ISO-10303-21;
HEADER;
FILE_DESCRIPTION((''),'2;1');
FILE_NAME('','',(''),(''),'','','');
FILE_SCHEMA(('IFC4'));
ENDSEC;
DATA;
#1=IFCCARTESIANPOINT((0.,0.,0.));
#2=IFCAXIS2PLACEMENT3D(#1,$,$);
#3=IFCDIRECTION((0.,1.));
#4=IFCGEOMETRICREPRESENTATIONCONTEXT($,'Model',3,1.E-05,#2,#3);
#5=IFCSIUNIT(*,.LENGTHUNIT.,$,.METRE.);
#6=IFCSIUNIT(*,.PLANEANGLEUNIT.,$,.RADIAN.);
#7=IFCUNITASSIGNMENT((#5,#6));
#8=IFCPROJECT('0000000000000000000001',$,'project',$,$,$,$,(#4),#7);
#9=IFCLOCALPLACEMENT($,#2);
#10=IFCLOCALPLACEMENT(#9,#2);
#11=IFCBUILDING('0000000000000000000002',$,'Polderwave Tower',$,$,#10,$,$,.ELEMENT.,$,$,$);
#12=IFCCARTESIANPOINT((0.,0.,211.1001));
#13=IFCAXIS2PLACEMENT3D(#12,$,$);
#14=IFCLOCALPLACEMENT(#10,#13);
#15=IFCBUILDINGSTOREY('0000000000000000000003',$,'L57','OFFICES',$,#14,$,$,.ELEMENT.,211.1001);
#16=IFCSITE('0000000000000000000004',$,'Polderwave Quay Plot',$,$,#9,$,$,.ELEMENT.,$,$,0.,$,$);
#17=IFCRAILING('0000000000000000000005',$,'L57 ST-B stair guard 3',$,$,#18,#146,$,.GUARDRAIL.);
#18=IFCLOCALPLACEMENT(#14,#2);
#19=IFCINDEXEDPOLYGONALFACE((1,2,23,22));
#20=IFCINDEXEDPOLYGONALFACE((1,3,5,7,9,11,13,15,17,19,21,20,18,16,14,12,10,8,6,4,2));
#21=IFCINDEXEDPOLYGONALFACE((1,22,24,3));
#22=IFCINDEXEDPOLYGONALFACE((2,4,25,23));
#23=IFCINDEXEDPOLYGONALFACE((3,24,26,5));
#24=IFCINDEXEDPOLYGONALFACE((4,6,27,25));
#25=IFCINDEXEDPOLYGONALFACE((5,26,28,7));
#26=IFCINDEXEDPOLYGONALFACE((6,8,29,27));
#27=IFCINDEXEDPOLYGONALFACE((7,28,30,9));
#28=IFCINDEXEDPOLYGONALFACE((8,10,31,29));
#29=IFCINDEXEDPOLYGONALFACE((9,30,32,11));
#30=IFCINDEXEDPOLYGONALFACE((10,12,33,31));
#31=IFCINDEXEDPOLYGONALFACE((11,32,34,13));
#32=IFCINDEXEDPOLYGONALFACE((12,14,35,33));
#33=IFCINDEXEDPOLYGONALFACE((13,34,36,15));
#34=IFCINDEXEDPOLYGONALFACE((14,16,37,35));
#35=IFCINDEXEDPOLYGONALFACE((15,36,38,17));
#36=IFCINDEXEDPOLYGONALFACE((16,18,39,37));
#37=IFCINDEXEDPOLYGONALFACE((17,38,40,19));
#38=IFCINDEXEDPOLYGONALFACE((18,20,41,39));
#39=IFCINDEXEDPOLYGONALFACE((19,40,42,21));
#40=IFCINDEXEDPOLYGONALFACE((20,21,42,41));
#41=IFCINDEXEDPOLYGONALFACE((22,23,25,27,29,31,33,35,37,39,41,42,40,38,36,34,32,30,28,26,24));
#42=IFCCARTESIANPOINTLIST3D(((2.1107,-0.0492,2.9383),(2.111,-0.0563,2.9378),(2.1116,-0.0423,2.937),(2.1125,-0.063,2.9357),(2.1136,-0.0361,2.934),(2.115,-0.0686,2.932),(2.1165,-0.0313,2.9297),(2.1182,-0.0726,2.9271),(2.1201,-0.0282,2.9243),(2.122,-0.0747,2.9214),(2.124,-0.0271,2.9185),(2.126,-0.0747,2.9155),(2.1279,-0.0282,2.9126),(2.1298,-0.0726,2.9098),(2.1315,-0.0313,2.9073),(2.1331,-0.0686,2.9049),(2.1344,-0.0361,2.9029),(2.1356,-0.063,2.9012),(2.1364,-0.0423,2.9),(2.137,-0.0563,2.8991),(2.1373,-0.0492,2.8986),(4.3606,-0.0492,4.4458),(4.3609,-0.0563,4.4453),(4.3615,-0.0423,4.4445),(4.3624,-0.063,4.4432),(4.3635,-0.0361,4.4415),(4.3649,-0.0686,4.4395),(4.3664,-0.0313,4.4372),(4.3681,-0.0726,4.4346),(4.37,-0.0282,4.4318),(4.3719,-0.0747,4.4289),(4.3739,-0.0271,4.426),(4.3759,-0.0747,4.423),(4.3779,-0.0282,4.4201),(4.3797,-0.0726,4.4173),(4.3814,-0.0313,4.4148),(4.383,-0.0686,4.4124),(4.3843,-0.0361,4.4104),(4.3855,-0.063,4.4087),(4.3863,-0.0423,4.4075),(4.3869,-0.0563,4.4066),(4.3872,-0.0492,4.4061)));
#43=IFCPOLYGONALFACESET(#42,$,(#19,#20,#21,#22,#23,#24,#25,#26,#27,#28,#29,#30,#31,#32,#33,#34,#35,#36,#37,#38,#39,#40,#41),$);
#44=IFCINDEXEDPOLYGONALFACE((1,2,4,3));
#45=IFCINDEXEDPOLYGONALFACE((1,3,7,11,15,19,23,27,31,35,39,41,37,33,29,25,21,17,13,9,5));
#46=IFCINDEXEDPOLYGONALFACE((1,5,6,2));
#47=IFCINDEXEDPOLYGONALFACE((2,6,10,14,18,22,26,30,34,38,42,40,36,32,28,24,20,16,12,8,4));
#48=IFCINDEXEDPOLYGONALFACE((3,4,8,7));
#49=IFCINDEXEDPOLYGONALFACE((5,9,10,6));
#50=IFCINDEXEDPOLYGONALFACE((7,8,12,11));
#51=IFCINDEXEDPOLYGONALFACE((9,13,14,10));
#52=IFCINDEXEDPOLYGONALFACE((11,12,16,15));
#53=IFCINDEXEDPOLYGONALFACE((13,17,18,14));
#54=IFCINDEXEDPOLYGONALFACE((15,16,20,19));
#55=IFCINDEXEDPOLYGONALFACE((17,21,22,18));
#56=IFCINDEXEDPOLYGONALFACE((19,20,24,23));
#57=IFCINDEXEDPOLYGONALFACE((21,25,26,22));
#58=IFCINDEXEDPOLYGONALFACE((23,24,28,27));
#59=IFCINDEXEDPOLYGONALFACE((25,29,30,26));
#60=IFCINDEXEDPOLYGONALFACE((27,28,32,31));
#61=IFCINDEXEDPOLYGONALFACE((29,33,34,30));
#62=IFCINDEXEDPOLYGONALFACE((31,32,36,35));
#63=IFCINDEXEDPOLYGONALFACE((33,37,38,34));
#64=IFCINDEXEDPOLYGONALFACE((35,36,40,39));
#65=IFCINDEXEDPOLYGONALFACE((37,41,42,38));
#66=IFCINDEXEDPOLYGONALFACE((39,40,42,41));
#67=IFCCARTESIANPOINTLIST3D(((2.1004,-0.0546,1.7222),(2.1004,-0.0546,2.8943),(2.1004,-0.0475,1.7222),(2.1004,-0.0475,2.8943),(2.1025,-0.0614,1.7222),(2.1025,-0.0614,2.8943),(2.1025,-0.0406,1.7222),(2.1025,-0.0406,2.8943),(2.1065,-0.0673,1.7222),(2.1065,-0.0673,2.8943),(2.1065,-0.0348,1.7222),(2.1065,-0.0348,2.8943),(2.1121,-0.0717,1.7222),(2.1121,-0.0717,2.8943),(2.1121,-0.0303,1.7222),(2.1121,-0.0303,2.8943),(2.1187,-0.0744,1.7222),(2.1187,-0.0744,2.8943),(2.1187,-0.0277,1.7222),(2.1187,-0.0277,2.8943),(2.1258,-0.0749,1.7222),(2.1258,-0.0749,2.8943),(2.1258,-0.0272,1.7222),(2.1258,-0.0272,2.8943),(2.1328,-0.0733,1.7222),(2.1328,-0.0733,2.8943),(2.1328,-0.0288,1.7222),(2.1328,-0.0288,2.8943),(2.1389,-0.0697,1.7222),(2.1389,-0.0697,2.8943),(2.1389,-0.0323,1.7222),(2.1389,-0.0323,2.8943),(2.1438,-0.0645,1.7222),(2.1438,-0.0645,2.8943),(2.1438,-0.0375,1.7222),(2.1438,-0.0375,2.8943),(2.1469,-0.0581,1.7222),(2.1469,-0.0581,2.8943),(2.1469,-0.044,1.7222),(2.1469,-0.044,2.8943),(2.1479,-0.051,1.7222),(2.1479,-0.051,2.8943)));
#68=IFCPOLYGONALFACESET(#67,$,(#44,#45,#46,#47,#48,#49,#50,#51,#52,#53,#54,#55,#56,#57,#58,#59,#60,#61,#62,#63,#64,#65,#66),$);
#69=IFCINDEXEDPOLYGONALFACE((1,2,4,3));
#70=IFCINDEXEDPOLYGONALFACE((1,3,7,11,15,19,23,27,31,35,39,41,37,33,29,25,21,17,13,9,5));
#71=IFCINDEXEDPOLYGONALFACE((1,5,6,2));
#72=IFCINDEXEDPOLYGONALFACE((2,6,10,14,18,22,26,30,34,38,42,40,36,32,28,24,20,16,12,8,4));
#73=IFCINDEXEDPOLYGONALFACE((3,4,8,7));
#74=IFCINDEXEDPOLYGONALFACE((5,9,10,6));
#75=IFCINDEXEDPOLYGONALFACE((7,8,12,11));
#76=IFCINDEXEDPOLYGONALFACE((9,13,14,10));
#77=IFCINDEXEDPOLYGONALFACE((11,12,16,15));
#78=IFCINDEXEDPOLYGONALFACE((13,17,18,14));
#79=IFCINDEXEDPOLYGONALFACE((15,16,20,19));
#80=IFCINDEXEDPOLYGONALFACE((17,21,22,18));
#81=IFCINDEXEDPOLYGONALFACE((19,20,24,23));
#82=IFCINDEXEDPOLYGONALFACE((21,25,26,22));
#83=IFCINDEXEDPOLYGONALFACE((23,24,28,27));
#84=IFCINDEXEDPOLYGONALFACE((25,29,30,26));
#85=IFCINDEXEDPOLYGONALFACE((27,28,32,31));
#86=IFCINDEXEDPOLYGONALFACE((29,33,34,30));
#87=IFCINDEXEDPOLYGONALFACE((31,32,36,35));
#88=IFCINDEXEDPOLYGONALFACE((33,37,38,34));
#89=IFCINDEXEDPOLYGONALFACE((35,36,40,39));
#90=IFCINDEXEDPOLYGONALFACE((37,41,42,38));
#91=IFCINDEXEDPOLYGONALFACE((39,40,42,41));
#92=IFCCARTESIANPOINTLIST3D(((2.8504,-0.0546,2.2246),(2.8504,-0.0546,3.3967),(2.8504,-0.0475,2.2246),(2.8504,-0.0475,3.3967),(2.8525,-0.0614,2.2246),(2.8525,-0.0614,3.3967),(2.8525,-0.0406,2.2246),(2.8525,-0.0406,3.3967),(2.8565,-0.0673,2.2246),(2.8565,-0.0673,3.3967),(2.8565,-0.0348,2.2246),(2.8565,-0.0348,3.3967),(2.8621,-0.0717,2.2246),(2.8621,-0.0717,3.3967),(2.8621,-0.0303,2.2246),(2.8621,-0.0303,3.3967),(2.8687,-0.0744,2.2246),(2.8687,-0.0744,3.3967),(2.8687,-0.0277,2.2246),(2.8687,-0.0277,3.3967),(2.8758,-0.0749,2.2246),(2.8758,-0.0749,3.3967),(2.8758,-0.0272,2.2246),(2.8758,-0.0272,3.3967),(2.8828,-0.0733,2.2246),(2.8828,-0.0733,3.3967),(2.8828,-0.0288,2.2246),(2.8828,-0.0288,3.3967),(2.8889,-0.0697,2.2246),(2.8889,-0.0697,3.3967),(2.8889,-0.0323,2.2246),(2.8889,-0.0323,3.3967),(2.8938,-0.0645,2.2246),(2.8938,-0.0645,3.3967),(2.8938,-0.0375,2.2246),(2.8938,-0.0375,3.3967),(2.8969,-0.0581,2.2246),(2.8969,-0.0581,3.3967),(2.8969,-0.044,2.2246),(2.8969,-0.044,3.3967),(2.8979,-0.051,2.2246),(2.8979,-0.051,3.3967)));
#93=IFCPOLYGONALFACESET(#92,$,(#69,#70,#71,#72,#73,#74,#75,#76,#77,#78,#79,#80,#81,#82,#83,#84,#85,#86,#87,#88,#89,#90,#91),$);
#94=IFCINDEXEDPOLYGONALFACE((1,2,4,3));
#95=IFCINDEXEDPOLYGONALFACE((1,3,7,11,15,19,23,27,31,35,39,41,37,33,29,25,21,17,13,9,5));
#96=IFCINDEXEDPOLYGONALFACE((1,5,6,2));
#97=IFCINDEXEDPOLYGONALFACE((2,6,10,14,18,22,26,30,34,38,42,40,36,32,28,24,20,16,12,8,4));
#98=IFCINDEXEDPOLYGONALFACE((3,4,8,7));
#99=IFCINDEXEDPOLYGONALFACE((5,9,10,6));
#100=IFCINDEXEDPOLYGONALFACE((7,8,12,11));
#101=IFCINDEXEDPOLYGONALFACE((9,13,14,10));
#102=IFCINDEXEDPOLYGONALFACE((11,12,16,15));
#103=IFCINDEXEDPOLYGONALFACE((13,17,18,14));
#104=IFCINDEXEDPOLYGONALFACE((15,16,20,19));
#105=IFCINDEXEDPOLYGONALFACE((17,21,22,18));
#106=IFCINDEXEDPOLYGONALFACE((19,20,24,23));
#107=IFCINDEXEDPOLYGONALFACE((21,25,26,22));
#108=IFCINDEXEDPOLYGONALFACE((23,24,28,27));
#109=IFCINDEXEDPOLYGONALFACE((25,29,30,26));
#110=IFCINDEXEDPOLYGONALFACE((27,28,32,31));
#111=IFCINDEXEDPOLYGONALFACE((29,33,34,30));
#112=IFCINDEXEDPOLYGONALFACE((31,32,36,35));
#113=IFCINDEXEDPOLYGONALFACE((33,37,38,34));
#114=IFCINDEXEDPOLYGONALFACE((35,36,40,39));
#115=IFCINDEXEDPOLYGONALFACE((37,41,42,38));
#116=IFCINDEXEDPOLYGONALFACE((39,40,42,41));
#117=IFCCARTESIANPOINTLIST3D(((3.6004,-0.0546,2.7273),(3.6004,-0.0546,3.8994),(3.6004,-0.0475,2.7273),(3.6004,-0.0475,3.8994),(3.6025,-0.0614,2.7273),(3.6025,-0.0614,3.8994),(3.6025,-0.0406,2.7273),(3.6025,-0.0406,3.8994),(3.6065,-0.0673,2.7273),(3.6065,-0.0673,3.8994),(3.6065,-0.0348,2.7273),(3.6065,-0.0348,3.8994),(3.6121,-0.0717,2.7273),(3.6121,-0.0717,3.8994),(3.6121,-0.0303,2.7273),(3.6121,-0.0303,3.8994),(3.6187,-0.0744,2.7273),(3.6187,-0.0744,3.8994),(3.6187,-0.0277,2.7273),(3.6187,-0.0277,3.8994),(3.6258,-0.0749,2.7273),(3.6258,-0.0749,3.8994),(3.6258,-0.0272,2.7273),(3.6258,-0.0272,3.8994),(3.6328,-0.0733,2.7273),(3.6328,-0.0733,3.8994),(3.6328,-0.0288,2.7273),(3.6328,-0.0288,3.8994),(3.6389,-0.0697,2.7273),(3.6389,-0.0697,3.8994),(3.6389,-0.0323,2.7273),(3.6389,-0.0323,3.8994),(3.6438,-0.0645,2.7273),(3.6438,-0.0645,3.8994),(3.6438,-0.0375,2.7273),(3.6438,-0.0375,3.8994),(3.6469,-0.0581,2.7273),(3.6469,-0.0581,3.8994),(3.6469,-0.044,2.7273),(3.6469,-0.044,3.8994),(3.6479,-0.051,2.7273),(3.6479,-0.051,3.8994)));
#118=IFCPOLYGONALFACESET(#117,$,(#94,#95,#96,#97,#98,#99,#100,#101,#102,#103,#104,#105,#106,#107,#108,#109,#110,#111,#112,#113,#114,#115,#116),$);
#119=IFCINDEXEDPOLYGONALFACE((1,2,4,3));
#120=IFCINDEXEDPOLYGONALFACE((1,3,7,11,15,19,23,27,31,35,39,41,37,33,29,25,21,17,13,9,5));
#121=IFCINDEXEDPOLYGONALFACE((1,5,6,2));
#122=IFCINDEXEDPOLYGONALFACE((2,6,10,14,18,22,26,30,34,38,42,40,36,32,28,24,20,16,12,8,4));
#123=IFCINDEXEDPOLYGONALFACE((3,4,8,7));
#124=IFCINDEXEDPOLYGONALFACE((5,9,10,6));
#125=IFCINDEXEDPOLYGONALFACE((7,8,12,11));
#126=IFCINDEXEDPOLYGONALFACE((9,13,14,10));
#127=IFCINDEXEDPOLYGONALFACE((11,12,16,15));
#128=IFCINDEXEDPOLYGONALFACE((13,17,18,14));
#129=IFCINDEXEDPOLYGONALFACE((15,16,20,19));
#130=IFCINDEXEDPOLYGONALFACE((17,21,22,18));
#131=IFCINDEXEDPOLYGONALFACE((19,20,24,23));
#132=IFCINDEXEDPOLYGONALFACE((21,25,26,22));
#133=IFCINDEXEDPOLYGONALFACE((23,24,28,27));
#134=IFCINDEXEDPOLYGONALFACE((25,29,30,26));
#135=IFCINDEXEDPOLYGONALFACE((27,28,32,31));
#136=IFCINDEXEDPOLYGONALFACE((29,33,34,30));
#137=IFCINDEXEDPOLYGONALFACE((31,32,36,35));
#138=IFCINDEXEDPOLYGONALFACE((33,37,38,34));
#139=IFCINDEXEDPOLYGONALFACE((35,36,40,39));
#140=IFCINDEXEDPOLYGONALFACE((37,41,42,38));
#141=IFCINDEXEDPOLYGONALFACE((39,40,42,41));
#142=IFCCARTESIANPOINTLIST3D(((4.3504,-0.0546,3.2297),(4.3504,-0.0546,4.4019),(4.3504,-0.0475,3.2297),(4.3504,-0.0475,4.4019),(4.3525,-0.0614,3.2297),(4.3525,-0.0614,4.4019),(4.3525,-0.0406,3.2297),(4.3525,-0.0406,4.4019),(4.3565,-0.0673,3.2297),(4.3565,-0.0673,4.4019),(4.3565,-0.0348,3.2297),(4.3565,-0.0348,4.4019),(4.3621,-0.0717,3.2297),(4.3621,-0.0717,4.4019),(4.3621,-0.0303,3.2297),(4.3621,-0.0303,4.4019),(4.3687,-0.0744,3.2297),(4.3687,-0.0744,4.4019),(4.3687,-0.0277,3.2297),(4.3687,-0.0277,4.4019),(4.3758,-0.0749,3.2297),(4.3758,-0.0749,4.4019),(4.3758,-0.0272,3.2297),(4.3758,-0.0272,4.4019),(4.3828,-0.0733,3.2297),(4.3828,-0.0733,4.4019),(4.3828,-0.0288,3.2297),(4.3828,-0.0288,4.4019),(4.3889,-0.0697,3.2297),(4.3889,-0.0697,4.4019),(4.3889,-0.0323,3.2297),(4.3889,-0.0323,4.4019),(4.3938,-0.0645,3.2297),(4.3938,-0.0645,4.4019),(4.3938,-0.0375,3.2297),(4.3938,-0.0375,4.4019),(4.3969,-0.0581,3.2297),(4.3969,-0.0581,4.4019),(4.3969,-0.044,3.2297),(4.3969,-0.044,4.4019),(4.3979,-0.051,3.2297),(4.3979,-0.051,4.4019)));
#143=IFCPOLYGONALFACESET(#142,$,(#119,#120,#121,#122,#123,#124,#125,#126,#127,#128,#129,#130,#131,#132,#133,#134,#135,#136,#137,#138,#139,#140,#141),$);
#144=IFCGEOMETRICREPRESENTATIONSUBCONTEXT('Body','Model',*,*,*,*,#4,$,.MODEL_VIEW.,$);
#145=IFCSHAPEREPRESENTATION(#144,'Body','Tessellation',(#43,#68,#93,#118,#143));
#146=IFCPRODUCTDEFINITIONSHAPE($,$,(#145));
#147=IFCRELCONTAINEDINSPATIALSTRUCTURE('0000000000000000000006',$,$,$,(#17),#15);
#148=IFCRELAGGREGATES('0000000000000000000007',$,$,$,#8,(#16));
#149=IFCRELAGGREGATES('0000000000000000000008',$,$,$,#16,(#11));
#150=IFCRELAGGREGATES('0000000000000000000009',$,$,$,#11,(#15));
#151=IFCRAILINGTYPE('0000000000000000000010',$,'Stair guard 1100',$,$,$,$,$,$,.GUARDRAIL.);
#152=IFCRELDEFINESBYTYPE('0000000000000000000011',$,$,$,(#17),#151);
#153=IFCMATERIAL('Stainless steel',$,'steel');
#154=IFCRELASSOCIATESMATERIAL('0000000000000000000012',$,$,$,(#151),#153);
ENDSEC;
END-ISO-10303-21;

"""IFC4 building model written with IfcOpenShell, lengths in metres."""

from ifc_helpers import new_model, si_unit, direction, frame, origin, origin_2d, place, context, subcontext, project, spatial, circle, extrude, material, type_object, element, save


model = new_model("IFC4")

# Units and contexts
model_context = context("Model", 3, precision=1e-05, world=origin(), true_north=direction((0.0, 1.0)))
body_context = subcontext(model_context, "Body", "Model", "MODEL_VIEW")
ifc_project = project(units=[si_unit("LENGTHUNIT", "METRE"), si_unit("PLANEANGLEUNIT", "RADIAN")], contexts=[model_context])

# Site, building, storey
site_placement = place(None, origin())
site = spatial("IfcSite", under=ifc_project, at=site_placement, Name="Polderwave Quay Plot", CompositionType="ELEMENT", RefElevation=0.0)
building_placement = place(site_placement, origin())
building = spatial("IfcBuilding", under=site, at=building_placement, Name="Polderwave Tower", CompositionType="ELEMENT")
storey_placement = place(building_placement, frame((0.0, 0.0, 211.1001)))
storey = spatial("IfcBuildingStorey", under=building, at=storey_placement, Name="L57", Description="OFFICES", CompositionType="ELEMENT", Elevation=211.1001)

# Railing
ifc_material_1 = material(Name="Stainless steel", Category="steel")
railing_type_1 = type_object("IfcRailingType", Name="Stair guard 1100", PredefinedType="GUARDRAIL", material=ifc_material_1)
railing_1_placement = place(storey_placement, frame((2.124, -0.051, 1.7222)))
element("IfcRailing", 1, at=railing_1_placement, inside=storey, type_object=railing_type_1, Name="L57 ST-B stair guard 3", PredefinedType="GUARDRAIL", context=body_context, shape_type="SweptSolid", body=[
    extrude(circle(Radius=0.0239, at=origin_2d()), frame((0.0, 0.0, 1.1963), z_axis=(0.830758, 0.0, 0.556633), x_axis=(0.0, 1.0, 0.0)), (0.0, 0.0, 1.0), 2.7083),
    extrude(circle(Radius=0.0239, at=origin_2d()), origin(), (0.0, 0.0, 1.0), 1.1721),
    extrude(circle(Radius=0.0239, at=origin_2d()), frame((0.75, 0.0, 0.5024)), (0.0, 0.0, 1.0), 1.1721),
    extrude(circle(Radius=0.0239, at=origin_2d()), frame((1.5, 0.0, 1.0051)), (0.0, 0.0, 1.0), 1.1721),
    extrude(circle(Radius=0.0239, at=origin_2d()), frame((2.25, 0.0, 1.5076)), (0.0, 0.0, 1.0), 1.1721),
])

save(model, "model.ifc")
